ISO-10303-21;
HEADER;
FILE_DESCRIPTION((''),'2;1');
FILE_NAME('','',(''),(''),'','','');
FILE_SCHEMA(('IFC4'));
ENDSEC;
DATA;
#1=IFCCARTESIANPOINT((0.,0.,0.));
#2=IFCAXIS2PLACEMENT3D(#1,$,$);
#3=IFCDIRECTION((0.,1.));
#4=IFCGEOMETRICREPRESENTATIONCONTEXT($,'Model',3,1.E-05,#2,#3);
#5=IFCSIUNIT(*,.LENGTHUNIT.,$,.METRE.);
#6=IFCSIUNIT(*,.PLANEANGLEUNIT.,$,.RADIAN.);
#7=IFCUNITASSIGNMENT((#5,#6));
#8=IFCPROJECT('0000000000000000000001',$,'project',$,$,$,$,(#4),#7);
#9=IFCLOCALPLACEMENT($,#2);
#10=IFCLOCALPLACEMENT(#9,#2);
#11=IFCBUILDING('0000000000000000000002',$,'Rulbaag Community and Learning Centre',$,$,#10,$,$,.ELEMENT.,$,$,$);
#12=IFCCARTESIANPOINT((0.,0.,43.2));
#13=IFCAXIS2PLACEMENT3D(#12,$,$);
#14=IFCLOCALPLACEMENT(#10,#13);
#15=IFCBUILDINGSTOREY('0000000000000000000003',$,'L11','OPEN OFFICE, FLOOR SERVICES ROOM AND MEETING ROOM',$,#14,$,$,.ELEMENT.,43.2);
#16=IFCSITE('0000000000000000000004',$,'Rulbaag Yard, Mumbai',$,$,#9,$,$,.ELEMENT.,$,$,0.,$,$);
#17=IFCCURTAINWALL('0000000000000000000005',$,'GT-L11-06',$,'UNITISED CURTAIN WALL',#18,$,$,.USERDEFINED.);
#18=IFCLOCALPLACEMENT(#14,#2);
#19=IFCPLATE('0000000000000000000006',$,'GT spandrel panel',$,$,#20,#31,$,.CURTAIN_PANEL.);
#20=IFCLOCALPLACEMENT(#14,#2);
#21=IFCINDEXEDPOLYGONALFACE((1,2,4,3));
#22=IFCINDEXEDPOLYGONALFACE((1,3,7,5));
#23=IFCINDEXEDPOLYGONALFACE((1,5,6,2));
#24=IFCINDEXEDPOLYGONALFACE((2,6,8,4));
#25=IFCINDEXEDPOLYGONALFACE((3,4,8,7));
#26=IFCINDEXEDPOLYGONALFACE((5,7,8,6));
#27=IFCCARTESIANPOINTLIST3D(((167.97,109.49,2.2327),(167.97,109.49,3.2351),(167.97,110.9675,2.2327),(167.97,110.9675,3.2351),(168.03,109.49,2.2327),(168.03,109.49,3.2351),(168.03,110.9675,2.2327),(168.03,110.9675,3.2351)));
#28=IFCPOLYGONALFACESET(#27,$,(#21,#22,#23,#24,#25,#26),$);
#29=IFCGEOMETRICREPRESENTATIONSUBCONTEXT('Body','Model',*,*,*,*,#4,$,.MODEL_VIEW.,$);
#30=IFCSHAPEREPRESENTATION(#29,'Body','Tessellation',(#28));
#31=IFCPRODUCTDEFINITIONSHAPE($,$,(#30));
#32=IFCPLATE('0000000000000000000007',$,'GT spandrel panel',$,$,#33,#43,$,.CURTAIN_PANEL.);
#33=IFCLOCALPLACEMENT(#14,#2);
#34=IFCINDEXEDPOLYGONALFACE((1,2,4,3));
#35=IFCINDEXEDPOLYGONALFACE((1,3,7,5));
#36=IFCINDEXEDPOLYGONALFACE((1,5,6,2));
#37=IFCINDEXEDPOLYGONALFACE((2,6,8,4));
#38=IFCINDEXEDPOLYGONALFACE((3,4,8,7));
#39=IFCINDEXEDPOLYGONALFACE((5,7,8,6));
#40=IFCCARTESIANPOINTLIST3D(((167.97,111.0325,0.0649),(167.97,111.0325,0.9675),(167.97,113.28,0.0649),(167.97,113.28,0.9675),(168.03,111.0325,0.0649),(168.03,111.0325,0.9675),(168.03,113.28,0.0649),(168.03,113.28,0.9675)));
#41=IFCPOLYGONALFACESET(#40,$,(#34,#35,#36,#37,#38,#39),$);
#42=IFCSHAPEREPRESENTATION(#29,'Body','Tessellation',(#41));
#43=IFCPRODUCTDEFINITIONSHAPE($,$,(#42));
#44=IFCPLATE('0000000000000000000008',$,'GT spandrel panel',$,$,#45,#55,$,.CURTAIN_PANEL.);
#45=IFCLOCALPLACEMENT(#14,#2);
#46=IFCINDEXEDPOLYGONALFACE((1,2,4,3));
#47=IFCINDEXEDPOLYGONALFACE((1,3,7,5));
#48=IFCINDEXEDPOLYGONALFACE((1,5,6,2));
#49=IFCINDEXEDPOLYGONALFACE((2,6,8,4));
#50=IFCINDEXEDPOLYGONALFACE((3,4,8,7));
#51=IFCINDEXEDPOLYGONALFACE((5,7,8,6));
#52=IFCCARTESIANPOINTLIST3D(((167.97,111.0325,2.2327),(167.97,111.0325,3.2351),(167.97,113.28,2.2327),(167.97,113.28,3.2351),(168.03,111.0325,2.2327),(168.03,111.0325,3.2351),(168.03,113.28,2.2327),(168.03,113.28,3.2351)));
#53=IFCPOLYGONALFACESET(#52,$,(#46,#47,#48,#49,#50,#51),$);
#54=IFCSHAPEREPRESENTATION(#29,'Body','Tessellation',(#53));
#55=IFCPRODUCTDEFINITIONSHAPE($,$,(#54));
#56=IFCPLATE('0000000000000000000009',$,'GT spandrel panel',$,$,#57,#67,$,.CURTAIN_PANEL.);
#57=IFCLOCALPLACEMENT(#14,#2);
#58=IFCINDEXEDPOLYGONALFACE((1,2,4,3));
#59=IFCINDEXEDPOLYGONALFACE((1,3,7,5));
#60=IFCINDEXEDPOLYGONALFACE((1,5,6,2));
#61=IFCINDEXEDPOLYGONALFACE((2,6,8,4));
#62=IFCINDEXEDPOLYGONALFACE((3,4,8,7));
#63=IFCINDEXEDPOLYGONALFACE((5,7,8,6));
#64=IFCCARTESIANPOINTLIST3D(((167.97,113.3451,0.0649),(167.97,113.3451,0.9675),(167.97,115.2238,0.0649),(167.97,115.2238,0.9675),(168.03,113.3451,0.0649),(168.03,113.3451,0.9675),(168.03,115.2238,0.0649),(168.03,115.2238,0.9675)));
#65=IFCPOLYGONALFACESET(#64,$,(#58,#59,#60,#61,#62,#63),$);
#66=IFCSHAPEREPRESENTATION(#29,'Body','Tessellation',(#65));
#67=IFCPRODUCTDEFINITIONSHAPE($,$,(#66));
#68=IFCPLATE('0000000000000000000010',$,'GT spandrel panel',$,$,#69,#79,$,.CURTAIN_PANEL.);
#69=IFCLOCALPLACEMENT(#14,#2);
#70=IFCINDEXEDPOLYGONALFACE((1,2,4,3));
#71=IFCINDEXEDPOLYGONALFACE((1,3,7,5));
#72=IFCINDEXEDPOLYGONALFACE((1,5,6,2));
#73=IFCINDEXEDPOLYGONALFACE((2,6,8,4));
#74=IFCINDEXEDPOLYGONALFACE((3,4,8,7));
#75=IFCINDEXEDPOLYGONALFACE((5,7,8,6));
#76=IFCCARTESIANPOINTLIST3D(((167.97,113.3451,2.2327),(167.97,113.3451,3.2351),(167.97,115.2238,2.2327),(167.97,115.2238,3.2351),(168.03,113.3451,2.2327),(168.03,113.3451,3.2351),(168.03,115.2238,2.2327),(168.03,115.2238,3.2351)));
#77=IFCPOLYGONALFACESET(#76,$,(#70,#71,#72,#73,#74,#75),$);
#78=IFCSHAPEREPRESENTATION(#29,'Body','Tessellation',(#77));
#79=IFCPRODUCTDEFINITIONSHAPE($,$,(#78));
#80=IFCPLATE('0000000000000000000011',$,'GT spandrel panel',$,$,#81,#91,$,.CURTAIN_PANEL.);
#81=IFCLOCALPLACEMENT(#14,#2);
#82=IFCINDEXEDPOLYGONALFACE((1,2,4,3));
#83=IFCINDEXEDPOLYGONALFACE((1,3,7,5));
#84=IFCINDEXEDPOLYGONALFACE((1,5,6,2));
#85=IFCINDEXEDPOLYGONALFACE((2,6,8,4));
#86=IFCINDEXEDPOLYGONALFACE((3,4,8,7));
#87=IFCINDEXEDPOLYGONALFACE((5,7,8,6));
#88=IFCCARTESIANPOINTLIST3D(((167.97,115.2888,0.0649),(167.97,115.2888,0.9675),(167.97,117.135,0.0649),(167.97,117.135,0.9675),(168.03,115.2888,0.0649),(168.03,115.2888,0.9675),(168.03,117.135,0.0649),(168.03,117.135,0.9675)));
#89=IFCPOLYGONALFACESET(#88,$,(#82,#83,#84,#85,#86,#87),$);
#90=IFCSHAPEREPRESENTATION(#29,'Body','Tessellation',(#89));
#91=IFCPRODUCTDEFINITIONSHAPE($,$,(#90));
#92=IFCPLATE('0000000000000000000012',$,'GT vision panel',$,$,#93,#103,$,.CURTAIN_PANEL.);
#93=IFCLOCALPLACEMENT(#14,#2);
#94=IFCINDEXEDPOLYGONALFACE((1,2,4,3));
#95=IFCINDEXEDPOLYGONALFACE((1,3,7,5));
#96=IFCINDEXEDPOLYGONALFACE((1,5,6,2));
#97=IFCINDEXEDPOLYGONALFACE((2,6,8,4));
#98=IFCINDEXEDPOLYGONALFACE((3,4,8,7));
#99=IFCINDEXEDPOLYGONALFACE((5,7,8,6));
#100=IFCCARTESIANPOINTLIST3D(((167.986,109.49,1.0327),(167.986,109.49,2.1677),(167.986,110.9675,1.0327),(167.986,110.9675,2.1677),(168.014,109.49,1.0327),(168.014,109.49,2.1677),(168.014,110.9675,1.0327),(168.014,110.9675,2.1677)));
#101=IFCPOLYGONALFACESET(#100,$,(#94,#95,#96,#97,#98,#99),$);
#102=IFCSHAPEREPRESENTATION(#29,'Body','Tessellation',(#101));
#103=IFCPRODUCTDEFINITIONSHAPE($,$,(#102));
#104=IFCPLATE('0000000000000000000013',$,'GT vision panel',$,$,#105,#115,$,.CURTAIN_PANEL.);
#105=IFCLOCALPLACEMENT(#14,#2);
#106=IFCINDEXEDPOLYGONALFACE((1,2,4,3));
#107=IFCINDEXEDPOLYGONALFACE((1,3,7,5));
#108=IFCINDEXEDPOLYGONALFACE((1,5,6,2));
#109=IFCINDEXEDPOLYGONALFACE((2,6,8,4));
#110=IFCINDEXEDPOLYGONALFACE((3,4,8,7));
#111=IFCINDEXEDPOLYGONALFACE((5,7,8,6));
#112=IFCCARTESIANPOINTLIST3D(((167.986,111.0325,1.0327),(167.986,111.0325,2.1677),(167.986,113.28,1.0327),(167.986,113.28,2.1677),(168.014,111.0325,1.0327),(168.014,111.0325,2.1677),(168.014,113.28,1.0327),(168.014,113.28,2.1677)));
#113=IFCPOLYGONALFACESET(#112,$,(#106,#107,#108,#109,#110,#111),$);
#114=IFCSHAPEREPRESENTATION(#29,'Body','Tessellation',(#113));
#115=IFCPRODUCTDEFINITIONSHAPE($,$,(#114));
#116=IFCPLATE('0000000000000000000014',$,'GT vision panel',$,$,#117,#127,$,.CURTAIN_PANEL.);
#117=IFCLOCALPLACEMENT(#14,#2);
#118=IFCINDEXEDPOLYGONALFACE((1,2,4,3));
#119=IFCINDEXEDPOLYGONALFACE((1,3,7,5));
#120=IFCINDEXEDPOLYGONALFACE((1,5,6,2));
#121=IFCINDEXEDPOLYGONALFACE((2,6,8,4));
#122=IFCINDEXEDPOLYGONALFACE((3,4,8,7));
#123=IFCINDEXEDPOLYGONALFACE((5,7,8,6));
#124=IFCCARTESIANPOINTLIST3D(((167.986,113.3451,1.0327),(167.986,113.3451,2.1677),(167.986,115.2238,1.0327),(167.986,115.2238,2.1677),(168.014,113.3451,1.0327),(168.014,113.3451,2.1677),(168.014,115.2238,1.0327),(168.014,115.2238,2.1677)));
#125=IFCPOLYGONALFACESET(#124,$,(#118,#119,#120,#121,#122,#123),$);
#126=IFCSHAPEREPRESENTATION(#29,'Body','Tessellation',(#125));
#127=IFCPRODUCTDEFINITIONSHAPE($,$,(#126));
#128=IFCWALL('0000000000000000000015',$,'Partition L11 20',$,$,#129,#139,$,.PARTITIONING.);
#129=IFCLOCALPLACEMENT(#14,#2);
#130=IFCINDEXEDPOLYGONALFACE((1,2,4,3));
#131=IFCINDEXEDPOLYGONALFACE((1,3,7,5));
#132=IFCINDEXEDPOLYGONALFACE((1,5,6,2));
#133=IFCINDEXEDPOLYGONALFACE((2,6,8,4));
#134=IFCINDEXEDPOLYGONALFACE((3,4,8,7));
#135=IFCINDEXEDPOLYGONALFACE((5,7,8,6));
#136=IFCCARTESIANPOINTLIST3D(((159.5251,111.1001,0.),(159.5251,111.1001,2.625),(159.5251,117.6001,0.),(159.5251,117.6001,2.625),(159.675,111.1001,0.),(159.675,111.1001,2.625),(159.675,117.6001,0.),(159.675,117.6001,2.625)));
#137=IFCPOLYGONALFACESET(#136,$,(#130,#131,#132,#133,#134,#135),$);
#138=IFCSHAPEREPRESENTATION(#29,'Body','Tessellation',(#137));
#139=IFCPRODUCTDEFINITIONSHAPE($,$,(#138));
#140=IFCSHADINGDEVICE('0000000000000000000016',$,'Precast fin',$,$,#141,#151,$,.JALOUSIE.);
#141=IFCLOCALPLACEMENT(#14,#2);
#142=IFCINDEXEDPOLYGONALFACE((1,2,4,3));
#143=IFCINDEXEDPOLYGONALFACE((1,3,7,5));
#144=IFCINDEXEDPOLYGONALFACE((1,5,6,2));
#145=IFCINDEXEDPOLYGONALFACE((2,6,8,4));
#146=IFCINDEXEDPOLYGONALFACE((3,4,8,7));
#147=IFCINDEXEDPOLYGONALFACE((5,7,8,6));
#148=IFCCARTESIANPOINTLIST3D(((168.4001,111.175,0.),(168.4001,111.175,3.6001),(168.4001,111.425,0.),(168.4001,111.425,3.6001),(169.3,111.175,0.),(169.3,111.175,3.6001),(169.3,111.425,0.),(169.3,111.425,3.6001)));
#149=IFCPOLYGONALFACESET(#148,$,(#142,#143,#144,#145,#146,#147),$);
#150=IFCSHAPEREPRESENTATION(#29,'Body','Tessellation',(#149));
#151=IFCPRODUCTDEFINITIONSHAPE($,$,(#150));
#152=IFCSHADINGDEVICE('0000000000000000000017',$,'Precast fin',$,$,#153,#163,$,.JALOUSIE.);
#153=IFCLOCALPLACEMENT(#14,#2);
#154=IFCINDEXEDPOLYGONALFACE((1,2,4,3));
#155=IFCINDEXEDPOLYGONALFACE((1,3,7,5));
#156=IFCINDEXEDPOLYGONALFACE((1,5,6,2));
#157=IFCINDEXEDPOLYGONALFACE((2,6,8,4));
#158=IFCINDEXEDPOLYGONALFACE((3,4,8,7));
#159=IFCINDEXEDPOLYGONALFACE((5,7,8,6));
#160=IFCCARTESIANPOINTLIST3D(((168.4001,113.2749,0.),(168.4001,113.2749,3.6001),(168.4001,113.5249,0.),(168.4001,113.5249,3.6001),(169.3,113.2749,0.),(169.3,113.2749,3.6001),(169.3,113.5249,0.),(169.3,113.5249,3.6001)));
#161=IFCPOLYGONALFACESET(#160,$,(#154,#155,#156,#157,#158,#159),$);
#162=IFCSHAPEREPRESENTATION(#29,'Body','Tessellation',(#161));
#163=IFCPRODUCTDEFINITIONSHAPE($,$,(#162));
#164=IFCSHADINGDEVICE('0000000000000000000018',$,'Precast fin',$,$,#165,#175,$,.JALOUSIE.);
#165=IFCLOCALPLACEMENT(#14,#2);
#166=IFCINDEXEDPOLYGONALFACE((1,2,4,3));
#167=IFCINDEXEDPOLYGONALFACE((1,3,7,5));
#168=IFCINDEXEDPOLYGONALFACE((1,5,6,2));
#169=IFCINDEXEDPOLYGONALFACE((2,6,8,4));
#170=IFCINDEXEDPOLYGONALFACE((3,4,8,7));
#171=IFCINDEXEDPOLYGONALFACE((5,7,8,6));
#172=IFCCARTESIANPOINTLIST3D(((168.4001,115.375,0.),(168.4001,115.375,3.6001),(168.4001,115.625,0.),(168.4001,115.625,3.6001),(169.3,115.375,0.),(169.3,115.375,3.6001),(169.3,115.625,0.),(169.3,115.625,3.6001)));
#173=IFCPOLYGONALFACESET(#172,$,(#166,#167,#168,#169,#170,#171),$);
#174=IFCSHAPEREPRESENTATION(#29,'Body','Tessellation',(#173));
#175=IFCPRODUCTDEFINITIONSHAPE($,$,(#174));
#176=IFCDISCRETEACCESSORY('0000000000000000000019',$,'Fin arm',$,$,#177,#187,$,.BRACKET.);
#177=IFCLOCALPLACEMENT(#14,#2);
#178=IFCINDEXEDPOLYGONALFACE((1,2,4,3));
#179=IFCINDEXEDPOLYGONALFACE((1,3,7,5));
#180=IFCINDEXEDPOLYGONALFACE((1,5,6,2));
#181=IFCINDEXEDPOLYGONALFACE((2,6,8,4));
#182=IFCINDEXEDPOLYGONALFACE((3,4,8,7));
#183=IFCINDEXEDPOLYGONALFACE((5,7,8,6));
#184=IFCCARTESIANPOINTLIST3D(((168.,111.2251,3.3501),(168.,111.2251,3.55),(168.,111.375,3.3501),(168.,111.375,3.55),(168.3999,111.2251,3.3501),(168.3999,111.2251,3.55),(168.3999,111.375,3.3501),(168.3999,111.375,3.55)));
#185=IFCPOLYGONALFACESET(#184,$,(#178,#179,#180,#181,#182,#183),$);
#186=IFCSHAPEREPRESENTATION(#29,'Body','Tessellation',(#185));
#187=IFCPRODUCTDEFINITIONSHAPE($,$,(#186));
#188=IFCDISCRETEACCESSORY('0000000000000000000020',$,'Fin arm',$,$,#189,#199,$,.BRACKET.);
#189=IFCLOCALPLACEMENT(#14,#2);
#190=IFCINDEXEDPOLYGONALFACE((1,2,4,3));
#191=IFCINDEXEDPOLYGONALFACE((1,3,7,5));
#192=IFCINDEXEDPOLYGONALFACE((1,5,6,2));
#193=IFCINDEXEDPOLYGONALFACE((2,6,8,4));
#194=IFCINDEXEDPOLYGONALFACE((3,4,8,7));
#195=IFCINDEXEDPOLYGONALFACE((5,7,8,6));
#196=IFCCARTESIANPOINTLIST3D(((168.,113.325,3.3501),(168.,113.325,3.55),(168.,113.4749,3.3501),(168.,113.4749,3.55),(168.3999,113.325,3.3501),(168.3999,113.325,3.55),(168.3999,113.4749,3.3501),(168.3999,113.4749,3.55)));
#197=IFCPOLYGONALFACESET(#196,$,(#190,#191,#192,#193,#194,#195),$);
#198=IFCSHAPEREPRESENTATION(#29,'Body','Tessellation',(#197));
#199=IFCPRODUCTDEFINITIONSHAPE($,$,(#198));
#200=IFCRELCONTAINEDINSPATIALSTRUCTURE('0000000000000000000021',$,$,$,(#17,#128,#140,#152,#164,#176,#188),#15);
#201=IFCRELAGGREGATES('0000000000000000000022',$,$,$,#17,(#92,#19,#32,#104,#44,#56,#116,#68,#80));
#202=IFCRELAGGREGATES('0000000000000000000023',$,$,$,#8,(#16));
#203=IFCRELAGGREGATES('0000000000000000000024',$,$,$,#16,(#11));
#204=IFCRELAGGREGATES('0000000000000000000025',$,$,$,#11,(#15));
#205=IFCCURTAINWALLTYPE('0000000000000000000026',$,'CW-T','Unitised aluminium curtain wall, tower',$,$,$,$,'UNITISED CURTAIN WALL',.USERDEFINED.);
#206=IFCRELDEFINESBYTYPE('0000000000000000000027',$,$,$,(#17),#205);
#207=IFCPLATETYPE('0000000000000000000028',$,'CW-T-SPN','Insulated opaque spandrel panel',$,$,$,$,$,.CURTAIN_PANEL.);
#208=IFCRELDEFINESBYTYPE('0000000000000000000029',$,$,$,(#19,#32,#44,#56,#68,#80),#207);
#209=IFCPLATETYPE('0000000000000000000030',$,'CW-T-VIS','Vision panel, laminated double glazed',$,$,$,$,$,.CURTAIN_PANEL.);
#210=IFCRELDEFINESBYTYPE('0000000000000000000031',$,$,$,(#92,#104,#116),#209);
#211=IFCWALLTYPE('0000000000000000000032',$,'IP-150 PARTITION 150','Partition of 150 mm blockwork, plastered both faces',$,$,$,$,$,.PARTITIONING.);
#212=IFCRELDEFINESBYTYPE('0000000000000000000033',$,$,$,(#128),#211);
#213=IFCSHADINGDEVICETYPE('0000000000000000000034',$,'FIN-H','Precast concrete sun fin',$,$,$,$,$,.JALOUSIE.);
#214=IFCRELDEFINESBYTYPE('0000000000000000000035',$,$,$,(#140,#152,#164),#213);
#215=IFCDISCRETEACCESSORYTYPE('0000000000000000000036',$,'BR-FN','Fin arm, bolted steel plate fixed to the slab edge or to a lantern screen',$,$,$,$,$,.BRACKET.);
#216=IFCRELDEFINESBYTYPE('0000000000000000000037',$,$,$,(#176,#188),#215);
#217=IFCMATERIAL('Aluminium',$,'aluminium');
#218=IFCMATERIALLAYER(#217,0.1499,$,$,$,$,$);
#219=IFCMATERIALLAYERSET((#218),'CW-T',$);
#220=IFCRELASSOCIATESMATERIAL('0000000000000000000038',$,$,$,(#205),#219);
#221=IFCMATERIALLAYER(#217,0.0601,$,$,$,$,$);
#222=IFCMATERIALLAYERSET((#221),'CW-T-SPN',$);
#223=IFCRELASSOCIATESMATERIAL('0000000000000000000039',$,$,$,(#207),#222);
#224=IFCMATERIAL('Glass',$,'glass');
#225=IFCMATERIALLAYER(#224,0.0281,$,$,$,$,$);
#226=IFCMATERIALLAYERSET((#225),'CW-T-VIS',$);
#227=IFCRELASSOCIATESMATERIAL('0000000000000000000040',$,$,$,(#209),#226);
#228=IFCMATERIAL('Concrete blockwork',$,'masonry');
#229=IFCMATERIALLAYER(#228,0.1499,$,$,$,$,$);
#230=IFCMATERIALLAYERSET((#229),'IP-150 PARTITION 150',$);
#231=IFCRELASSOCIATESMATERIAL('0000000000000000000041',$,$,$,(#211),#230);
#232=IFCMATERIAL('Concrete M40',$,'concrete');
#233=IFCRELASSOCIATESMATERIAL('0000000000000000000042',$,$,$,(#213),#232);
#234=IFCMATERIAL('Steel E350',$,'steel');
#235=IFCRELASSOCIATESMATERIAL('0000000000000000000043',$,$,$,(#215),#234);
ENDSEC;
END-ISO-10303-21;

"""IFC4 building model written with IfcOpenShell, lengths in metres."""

from ifc_helpers import new_model, si_unit, direction, frame, frame_2d, origin, origin_2d, place, context, subcontext, project, spatial, rectangle, extrude, material, layer, layer_set, material_profile, profile_set, type_object, element, aggregate, save


model = new_model("IFC4")

# Units and contexts
model_context = context("Model", 3, precision=1e-05, world=origin(), true_north=direction((0.0, 1.0)))
body_context = subcontext(model_context, "Body", "Model", "MODEL_VIEW")
ifc_project = project(units=[si_unit("LENGTHUNIT", "METRE"), si_unit("PLANEANGLEUNIT", "RADIAN")], contexts=[model_context])

# Site, building, storey
site_placement = place(None, origin())
site = spatial("IfcSite", under=ifc_project, at=site_placement, Name="Rulbaag Yard, Mumbai", CompositionType="ELEMENT", RefElevation=0.0)
building_placement = place(site_placement, origin())
building = spatial("IfcBuilding", under=site, at=building_placement, Name="Rulbaag Community and Learning Centre", CompositionType="ELEMENT")
storey_placement = place(building_placement, frame((0.0, 0.0, 43.2)))
storey = spatial("IfcBuildingStorey", under=building, at=storey_placement, Name="L11", Description="OPEN OFFICE, FLOOR SERVICES ROOM AND MEETING ROOM", CompositionType="ELEMENT", Elevation=43.2)

# Curtain wall, plates
ifc_material_1 = material(Name="Aluminium", Category="aluminium")
ifc_layer_1 = layer(ifc_material_1, 0.1499)
ifc_layer_set_1 = layer_set([ifc_layer_1], Name="CW-T")
curtain_wall_type = type_object("IfcCurtainWallType", Name="CW-T", Description="Unitised aluminium curtain wall, tower", ElementType="UNITISED CURTAIN WALL", PredefinedType="USERDEFINED", material=ifc_layer_set_1)
curtain_wall_placement = place(storey_placement, origin())
curtain_wall = element("IfcCurtainWall", 1, at=curtain_wall_placement, inside=storey, type_object=curtain_wall_type, Name="GT-L11-06", ObjectType="UNITISED CURTAIN WALL", PredefinedType="USERDEFINED")
ifc_layer_2 = layer(ifc_material_1, 0.0601)
ifc_layer_set_2 = layer_set([ifc_layer_2], Name="CW-T-SPN")
plate_type_1 = type_object("IfcPlateType", Name="CW-T-SPN", Description="Insulated opaque spandrel panel", PredefinedType="CURTAIN_PANEL", material=ifc_layer_set_2)
plate_1_placement = place(storey_placement, frame((168.0, 110.2288, 2.2327), z_axis=(0.0, 0.0, 1.0), x_axis=(0.0, 1.0, 0.0)))
plate_1 = element("IfcPlate", 2, at=plate_1_placement, type_object=plate_type_1, Name="GT spandrel panel", PredefinedType="CURTAIN_PANEL", context=body_context, shape_type="SweptSolid", body=[
    extrude(rectangle(XDim=1.4775, YDim=0.0601, at=origin_2d()), origin(), (0.0, 0.0, 1.0), 1.0024),
])
plate_2_placement = place(storey_placement, frame((168.0, 112.1562, 0.0649), z_axis=(0.0, 0.0, 1.0), x_axis=(0.0, 1.0, 0.0)))
plate_2 = element("IfcPlate", 3, at=plate_2_placement, type_object=plate_type_1, Name="GT spandrel panel", PredefinedType="CURTAIN_PANEL", context=body_context, shape_type="SweptSolid", body=[
    extrude(rectangle(XDim=2.2476, YDim=0.0601, at=origin_2d()), origin(), (0.0, 0.0, 1.0), 0.9026),
])
plate_3_placement = place(storey_placement, frame((168.0, 112.1562, 2.2327), z_axis=(0.0, 0.0, 1.0), x_axis=(0.0, 1.0, 0.0)))
plate_3 = element("IfcPlate", 4, at=plate_3_placement, type_object=plate_type_1, Name="GT spandrel panel", PredefinedType="CURTAIN_PANEL", context=body_context, shape_type="SweptSolid", body=[
    extrude(rectangle(XDim=2.2476, YDim=0.0601, at=origin_2d()), origin(), (0.0, 0.0, 1.0), 1.0024),
])
plate_4_placement = place(storey_placement, frame((168.0, 114.2844, 0.0649), z_axis=(0.0, 0.0, 1.0), x_axis=(0.0, 1.0, 0.0)))
plate_4 = element("IfcPlate", 5, at=plate_4_placement, type_object=plate_type_1, Name="GT spandrel panel", PredefinedType="CURTAIN_PANEL", context=body_context, shape_type="SweptSolid", body=[
    extrude(rectangle(XDim=1.8787, YDim=0.0601, at=origin_2d()), origin(), (0.0, 0.0, 1.0), 0.9026),
])
plate_5_placement = place(storey_placement, frame((168.0, 114.2844, 2.2327), z_axis=(0.0, 0.0, 1.0), x_axis=(0.0, 1.0, 0.0)))
plate_5 = element("IfcPlate", 6, at=plate_5_placement, type_object=plate_type_1, Name="GT spandrel panel", PredefinedType="CURTAIN_PANEL", context=body_context, shape_type="SweptSolid", body=[
    extrude(rectangle(XDim=1.8787, YDim=0.0601, at=origin_2d()), origin(), (0.0, 0.0, 1.0), 1.0024),
])
plate_6_placement = place(storey_placement, frame((168.0, 116.2119, 0.0649), z_axis=(0.0, 0.0, 1.0), x_axis=(0.0, 1.0, 0.0)))
plate_6 = element("IfcPlate", 7, at=plate_6_placement, type_object=plate_type_1, Name="GT spandrel panel", PredefinedType="CURTAIN_PANEL", context=body_context, shape_type="SweptSolid", body=[
    extrude(rectangle(XDim=1.8462, YDim=0.0601, at=origin_2d()), origin(), (0.0, 0.0, 1.0), 0.9026),
])
ifc_material_2 = material(Name="Glass", Category="glass")
ifc_layer_3 = layer(ifc_material_2, 0.0281)
ifc_layer_set_3 = layer_set([ifc_layer_3], Name="CW-T-VIS")
plate_type_2 = type_object("IfcPlateType", Name="CW-T-VIS", Description="Vision panel, laminated double glazed", PredefinedType="CURTAIN_PANEL", material=ifc_layer_set_3)
plate_7_placement = place(storey_placement, frame((168.0, 110.2288, 1.0327), z_axis=(0.0, 0.0, 1.0), x_axis=(0.0, 1.0, 0.0)))
plate_7 = element("IfcPlate", 8, at=plate_7_placement, type_object=plate_type_2, Name="GT vision panel", PredefinedType="CURTAIN_PANEL", context=body_context, shape_type="SweptSolid", body=[
    extrude(rectangle(XDim=1.4775, YDim=0.0281, at=origin_2d()), origin(), (0.0, 0.0, 1.0), 1.135),
])
plate_8_placement = place(storey_placement, frame((168.0, 112.1562, 1.0327), z_axis=(0.0, 0.0, 1.0), x_axis=(0.0, 1.0, 0.0)))
plate_8 = element("IfcPlate", 9, at=plate_8_placement, type_object=plate_type_2, Name="GT vision panel", PredefinedType="CURTAIN_PANEL", context=body_context, shape_type="SweptSolid", body=[
    extrude(rectangle(XDim=2.2476, YDim=0.0281, at=origin_2d()), origin(), (0.0, 0.0, 1.0), 1.135),
])
plate_9_placement = place(storey_placement, frame((168.0, 114.2844, 1.0327), z_axis=(0.0, 0.0, 1.0), x_axis=(0.0, 1.0, 0.0)))
plate_9 = element("IfcPlate", 10, at=plate_9_placement, type_object=plate_type_2, Name="GT vision panel", PredefinedType="CURTAIN_PANEL", context=body_context, shape_type="SweptSolid", body=[
    extrude(rectangle(XDim=1.8787, YDim=0.0281, at=origin_2d()), origin(), (0.0, 0.0, 1.0), 1.135),
])
aggregate(curtain_wall, [plate_7, plate_1, plate_2, plate_8, plate_3, plate_4, plate_9, plate_5, plate_6])

# Wall
ifc_material_3 = material(Name="Concrete blockwork", Category="masonry")
ifc_layer_4 = layer(ifc_material_3, 0.1499)
ifc_layer_set_4 = layer_set([ifc_layer_4], Name="IP-150 PARTITION 150")
wall_type = type_object("IfcWallType", Name="IP-150 PARTITION 150", Description="Partition of 150 mm blockwork, plastered both faces", PredefinedType="PARTITIONING", material=ifc_layer_set_4)
wall_placement = place(storey_placement, frame((159.6001, 111.1001, 0.0), z_axis=(0.0, 0.0, 1.0), x_axis=(0.0, 1.0, 0.0)))
element("IfcWall", 11, at=wall_placement, inside=storey, type_object=wall_type, Name="Partition L11 20", PredefinedType="PARTITIONING", context=body_context, shape_type="SweptSolid", body=[
    extrude(rectangle(XDim=6.5, YDim=0.1499, at=frame_2d((3.25, 0.0))), origin(), (0.0, 0.0, 1.0), 2.625),
])

# Shading devices
ifc_material_4 = material(Name="Concrete M40", Category="concrete")
ifc_material_profile_1 = material_profile(ifc_material_4, rectangle(XDim=0.25, YDim=0.8999, at=origin_2d()), Name="PC 250x900")
ifc_profile_set_1 = profile_set([ifc_material_profile_1], Name="Concrete M40")
shading_device_type = type_object("IfcShadingDeviceType", Name="FIN-H", Description="Precast concrete sun fin", PredefinedType="JALOUSIE", material=ifc_profile_set_1)
for number, where, z_axis, x_axis, name in (
    (12, (168.8501, 111.3, 0.0), (0.0, 0.0, 1.0), (0.0, 1.0, 0.0), "Precast fin"),
    (13, (168.8501, 113.3999, 0.0), (0.0, 0.0, 1.0), (0.0, 1.0, 0.0), "Precast fin"),
    (14, (168.8501, 115.5, 0.0), (0.0, 0.0, 1.0), (0.0, 1.0, 0.0), "Precast fin"),
):
    element("IfcShadingDevice", number, at=place(storey_placement, frame(where, z_axis=z_axis, x_axis=x_axis)), inside=storey, type_object=shading_device_type, Name=name, PredefinedType="JALOUSIE", context=body_context, shape_type="SweptSolid", body=[
        extrude(rectangle(XDim=0.25, YDim=0.8999, at=origin_2d()), origin(), (0.0, 0.0, 1.0), 3.6001),
    ])

# Discrete accessories
ifc_material_5 = material(Name="Steel E350", Category="steel")
discrete_accessory_type = type_object("IfcDiscreteAccessoryType", Name="BR-FN", Description="Fin arm, bolted steel plate fixed to the slab edge or to a lantern screen", PredefinedType="BRACKET", material=ifc_material_5)
for number, where, z_axis, x_axis, name in (
    (15, (168.2, 111.3, 3.3501), (0.0, 0.0, 1.0), (1.0, 0.0, 0.0), "Fin arm"),
    (16, (168.2, 113.3999, 3.3501), (0.0, 0.0, 1.0), (1.0, 0.0, 0.0), "Fin arm"),
):
    element("IfcDiscreteAccessory", number, at=place(storey_placement, frame(where, z_axis=z_axis, x_axis=x_axis)), inside=storey, type_object=discrete_accessory_type, Name=name, PredefinedType="BRACKET", context=body_context, shape_type="SweptSolid", body=[
        extrude(rectangle(XDim=0.3999, YDim=0.1499, at=origin_2d()), origin(), (0.0, 0.0, 1.0), 0.2),
    ])

save(model, "model.ifc")
